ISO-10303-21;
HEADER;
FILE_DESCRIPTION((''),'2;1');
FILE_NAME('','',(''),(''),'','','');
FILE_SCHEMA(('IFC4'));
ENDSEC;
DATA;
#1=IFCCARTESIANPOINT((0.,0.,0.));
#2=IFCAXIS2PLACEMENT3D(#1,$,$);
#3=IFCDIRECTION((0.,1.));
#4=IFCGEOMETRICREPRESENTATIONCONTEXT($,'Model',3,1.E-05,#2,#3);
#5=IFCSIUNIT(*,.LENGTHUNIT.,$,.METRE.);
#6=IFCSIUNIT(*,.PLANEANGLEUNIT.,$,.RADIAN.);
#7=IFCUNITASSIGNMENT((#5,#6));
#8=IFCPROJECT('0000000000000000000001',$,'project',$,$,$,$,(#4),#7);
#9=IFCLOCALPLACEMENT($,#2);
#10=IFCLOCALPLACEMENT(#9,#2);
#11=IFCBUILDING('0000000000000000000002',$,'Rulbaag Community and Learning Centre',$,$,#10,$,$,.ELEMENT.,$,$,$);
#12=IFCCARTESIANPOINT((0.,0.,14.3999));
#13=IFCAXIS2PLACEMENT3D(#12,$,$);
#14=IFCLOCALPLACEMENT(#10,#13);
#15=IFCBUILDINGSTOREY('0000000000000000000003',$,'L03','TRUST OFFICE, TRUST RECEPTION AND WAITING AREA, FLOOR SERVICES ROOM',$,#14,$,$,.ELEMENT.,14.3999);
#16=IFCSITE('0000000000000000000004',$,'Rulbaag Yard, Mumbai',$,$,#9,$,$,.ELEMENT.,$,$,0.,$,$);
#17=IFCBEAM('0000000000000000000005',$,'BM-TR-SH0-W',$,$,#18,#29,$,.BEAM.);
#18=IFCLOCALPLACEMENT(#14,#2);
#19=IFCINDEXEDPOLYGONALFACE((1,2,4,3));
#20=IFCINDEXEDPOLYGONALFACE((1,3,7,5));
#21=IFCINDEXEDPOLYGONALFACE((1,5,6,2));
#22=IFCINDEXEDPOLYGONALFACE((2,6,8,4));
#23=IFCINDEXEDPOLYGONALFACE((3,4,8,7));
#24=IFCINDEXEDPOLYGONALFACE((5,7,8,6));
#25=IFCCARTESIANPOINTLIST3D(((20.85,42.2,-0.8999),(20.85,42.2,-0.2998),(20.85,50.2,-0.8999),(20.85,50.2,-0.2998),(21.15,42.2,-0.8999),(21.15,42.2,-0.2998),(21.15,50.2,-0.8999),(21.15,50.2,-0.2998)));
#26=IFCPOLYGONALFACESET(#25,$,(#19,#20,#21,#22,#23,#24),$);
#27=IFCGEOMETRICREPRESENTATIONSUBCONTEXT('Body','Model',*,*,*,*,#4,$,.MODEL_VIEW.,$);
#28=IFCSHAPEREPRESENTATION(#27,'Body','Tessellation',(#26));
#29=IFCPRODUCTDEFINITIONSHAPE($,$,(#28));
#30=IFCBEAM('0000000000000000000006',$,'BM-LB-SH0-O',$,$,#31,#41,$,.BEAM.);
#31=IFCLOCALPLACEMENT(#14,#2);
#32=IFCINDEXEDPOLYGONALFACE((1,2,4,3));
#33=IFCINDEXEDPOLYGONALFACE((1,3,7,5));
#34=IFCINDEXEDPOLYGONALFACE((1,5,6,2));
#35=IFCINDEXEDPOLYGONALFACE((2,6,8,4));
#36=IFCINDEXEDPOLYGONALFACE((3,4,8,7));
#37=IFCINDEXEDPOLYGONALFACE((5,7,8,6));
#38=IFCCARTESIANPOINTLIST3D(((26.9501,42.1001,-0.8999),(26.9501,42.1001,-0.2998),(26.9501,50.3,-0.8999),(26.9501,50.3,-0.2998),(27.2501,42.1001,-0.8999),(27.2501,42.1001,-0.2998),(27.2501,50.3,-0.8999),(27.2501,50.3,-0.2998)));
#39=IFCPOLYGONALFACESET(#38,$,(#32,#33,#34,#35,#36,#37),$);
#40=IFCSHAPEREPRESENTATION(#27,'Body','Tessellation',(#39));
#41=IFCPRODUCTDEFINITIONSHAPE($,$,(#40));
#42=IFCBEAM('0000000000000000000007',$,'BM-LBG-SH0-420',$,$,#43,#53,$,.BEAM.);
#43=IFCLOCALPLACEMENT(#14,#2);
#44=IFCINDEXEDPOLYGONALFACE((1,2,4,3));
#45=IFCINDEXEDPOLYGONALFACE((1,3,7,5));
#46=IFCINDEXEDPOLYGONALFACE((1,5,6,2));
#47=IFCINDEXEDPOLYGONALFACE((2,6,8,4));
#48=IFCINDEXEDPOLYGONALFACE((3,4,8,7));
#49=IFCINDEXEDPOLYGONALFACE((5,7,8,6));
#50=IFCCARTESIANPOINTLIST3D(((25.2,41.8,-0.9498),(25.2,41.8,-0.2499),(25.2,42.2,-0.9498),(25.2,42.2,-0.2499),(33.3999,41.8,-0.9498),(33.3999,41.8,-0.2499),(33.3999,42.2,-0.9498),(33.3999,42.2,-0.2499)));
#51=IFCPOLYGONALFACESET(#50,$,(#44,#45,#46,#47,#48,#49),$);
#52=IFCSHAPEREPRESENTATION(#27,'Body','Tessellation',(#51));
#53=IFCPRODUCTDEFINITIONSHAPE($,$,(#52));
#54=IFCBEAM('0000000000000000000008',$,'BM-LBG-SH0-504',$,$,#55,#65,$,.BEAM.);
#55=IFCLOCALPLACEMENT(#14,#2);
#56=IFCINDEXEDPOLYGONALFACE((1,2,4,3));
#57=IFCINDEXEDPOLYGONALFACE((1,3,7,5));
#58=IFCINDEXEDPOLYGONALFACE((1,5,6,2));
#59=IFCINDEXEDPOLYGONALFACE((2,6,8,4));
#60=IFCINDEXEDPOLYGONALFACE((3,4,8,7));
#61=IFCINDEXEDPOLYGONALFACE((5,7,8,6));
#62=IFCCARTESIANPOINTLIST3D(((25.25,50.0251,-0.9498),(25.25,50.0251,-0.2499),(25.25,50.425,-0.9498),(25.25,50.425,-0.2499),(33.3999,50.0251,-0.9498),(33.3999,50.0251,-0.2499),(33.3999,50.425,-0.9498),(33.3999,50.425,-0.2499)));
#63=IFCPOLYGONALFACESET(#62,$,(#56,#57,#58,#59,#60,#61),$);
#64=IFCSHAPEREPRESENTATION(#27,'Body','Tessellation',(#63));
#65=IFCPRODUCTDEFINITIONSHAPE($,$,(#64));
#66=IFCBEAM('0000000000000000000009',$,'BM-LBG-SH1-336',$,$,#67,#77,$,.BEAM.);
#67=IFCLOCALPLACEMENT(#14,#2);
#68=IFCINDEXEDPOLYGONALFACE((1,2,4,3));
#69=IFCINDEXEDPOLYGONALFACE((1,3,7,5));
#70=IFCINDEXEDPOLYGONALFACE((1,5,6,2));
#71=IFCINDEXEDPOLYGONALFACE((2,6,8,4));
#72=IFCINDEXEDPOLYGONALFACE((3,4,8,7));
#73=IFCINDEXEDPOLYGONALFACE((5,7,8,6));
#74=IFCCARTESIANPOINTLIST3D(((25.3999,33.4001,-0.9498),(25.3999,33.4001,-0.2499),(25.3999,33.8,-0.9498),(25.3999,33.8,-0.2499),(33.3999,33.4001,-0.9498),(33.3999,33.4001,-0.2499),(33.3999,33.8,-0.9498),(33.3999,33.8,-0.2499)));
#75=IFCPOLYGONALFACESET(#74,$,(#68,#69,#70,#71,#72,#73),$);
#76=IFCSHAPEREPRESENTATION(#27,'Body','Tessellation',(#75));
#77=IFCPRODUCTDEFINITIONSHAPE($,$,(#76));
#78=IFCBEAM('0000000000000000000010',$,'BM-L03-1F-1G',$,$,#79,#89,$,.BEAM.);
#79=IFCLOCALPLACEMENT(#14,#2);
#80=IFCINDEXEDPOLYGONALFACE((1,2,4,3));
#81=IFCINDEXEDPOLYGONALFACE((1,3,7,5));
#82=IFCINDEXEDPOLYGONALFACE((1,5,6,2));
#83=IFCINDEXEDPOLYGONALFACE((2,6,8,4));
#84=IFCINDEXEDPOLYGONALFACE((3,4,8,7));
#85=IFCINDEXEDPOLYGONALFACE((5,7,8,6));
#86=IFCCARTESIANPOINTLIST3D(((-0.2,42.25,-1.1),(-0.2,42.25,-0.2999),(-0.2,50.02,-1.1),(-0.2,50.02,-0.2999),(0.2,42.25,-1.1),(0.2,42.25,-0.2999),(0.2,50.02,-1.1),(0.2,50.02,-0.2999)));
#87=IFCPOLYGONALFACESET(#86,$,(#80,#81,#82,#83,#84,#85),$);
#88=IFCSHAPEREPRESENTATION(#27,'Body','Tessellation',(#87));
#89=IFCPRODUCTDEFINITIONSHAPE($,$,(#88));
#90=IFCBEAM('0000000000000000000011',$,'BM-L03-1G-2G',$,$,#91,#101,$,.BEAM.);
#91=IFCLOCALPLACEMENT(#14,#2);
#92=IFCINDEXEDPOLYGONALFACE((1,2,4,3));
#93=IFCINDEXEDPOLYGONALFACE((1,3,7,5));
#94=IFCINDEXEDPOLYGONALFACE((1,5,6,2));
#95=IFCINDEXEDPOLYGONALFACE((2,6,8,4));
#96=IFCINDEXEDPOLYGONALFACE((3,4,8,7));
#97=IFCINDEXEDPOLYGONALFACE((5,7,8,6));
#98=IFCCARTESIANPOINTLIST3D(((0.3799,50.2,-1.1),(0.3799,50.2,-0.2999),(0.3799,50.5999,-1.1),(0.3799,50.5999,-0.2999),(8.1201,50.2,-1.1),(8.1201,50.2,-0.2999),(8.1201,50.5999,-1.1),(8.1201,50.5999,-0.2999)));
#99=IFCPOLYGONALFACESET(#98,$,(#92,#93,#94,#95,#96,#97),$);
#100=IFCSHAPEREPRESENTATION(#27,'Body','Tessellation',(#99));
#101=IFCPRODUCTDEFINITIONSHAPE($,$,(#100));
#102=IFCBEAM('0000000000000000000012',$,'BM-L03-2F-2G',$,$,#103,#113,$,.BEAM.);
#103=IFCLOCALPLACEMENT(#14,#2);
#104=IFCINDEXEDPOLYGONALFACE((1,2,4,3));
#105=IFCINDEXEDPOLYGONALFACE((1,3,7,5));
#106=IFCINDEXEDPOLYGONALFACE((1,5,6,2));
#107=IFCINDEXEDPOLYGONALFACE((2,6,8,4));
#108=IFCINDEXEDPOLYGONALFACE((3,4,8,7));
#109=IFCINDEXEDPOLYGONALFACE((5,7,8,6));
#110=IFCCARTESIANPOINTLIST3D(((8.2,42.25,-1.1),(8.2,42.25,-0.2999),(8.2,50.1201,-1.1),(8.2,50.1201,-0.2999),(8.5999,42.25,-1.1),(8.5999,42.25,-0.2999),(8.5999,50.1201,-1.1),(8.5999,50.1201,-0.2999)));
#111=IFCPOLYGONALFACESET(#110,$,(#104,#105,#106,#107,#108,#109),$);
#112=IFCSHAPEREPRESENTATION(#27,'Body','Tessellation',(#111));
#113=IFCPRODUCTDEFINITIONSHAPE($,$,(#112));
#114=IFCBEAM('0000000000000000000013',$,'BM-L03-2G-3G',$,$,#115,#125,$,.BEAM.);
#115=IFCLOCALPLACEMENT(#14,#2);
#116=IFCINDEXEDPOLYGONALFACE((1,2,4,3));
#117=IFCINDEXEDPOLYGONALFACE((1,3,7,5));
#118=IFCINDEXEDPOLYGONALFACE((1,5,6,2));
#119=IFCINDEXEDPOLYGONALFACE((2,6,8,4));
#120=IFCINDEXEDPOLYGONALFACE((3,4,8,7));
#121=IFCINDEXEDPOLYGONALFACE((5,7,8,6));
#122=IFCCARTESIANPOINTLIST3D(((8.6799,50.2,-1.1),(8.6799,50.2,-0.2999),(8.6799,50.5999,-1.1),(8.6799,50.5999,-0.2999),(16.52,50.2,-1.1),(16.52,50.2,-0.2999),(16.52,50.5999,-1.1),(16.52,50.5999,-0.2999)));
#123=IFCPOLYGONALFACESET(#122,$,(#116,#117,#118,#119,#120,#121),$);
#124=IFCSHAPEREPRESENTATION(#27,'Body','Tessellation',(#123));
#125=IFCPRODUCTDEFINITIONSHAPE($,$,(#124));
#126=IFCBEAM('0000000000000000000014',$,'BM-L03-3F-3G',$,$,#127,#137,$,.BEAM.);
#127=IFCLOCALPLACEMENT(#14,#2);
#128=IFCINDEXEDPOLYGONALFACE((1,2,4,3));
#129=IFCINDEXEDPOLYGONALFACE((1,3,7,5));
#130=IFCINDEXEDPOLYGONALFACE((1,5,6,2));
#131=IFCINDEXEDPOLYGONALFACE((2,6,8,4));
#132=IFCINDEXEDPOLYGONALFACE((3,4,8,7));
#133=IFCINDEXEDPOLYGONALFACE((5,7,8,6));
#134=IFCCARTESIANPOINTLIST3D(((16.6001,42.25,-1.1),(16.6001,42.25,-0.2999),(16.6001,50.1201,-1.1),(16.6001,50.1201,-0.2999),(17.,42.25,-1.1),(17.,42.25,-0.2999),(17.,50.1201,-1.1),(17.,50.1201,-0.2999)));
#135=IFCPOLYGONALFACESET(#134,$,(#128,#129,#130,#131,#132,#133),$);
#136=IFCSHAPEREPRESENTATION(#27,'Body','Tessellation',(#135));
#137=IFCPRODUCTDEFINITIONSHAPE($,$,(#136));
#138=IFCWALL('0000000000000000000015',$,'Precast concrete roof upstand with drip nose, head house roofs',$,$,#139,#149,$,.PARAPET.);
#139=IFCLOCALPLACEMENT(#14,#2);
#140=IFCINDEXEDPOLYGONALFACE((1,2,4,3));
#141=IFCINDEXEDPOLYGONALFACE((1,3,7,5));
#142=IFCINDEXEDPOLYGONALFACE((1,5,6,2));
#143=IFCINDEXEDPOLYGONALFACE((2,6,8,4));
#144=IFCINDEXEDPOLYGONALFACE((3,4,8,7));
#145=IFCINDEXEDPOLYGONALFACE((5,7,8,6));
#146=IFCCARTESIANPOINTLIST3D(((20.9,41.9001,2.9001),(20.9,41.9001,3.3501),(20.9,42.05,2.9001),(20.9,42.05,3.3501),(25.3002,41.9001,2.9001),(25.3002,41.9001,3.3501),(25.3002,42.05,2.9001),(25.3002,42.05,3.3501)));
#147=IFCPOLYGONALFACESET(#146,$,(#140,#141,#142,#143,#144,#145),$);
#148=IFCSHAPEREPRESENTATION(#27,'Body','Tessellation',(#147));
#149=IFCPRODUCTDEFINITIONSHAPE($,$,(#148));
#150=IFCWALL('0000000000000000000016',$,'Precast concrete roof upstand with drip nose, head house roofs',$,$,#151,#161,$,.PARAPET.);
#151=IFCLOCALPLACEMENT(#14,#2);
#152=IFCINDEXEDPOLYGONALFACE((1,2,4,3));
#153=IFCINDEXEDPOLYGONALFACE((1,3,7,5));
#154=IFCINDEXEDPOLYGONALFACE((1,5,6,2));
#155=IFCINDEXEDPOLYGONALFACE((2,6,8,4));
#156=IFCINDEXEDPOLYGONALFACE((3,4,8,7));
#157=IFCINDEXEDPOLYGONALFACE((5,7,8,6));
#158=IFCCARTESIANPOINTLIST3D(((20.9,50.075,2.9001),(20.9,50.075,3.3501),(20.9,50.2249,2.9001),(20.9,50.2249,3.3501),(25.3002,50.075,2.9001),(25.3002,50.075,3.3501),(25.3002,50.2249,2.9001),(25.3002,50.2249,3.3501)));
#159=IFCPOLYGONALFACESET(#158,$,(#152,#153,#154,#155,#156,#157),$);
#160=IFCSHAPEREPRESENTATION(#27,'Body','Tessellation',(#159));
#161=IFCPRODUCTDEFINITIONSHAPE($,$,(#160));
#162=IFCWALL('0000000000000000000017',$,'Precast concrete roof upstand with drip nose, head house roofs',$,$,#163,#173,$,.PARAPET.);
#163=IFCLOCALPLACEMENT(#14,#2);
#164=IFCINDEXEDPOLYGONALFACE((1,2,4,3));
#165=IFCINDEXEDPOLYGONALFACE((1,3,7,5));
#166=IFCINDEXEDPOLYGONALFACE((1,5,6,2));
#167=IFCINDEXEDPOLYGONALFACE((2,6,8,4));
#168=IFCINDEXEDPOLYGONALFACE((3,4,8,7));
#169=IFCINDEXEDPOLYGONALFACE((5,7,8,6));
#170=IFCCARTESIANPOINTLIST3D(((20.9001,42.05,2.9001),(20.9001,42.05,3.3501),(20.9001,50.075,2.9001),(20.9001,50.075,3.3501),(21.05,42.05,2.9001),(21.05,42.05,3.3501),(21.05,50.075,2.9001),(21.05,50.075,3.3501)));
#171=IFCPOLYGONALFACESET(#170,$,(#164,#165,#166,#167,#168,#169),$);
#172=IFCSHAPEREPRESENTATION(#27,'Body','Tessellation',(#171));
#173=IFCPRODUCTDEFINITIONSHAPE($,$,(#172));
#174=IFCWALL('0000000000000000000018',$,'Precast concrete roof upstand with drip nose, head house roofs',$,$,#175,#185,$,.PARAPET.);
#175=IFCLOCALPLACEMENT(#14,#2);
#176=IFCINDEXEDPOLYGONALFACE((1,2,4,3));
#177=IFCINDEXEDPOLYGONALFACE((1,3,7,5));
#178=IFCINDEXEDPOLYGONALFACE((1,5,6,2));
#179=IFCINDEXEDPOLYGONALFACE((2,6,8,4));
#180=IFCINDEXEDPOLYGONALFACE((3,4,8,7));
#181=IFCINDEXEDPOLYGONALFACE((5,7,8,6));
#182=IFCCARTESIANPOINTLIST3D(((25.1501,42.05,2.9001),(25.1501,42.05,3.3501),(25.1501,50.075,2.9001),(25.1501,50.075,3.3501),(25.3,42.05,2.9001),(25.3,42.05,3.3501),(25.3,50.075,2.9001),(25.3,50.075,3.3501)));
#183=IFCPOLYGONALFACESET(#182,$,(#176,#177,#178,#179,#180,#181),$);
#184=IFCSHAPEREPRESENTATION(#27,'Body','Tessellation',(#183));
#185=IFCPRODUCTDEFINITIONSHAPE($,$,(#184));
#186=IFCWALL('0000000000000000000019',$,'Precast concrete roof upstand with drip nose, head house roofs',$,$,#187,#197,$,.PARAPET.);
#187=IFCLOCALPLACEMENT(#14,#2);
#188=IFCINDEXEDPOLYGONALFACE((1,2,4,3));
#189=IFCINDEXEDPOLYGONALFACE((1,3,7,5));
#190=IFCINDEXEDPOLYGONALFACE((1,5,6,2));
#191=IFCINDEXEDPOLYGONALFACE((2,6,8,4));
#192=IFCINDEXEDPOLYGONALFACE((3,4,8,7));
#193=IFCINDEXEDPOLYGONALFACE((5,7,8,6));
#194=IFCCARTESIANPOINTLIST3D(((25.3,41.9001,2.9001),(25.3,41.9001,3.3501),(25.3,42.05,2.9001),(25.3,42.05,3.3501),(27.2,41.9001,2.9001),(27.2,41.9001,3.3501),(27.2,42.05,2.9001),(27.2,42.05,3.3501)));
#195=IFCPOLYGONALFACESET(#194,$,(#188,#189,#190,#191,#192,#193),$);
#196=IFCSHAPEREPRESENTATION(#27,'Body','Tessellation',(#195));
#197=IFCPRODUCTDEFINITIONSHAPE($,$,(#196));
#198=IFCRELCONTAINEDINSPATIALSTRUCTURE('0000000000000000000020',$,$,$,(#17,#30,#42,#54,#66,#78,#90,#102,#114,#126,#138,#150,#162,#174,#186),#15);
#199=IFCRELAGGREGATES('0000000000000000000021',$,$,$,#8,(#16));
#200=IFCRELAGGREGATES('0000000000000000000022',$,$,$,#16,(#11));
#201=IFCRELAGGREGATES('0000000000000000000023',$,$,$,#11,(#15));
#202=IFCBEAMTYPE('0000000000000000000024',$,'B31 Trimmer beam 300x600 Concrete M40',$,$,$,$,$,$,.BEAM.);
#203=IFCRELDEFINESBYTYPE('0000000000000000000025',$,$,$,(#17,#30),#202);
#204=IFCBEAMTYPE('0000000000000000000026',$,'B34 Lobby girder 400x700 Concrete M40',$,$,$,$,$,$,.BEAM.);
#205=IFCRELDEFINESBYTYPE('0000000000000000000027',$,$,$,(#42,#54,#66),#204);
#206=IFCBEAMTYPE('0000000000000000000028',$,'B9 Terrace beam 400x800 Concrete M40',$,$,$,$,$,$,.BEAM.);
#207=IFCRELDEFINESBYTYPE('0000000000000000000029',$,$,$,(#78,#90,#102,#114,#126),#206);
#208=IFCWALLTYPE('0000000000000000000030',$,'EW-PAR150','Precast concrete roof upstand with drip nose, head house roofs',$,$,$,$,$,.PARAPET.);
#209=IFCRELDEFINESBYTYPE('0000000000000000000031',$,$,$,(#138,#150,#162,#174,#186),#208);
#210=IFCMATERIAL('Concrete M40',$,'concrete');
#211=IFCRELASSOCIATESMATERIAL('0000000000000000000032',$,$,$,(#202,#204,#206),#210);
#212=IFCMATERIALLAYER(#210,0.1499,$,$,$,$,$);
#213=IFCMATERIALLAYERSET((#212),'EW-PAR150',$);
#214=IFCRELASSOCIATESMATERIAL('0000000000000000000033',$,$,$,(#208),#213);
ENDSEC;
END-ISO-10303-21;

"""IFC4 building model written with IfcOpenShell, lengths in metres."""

from ifc_helpers import new_model, si_unit, direction, frame, frame_2d, origin, origin_2d, place, context, subcontext, project, spatial, rectangle, extrude, material, layer, layer_set, material_profile, profile_set, type_object, element, save


model = new_model("IFC4")

# Units and contexts
model_context = context("Model", 3, precision=1e-05, world=origin(), true_north=direction((0.0, 1.0)))
body_context = subcontext(model_context, "Body", "Model", "MODEL_VIEW")
ifc_project = project(units=[si_unit("LENGTHUNIT", "METRE"), si_unit("PLANEANGLEUNIT", "RADIAN")], contexts=[model_context])

# Site, building, storey
site_placement = place(None, origin())
site = spatial("IfcSite", under=ifc_project, at=site_placement, Name="Rulbaag Yard, Mumbai", CompositionType="ELEMENT", RefElevation=0.0)
building_placement = place(site_placement, origin())
building = spatial("IfcBuilding", under=site, at=building_placement, Name="Rulbaag Community and Learning Centre", CompositionType="ELEMENT")
storey_placement = place(building_placement, frame((0.0, 0.0, 14.3999)))
storey = spatial("IfcBuildingStorey", under=building, at=storey_placement, Name="L03", Description="TRUST OFFICE, TRUST RECEPTION AND WAITING AREA, FLOOR SERVICES ROOM", CompositionType="ELEMENT", Elevation=14.3999)

# Beams
ifc_material_1 = material(Name="Concrete M40", Category="concrete")
ifc_material_profile_1 = material_profile(ifc_material_1, rectangle(XDim=0.3, YDim=0.6001, at=origin_2d()), Name="RB300x600")
ifc_profile_set_1 = profile_set([ifc_material_profile_1], Name="Concrete M40")
beam_type_1 = type_object("IfcBeamType", Name="B31 Trimmer beam 300x600 Concrete M40", PredefinedType="BEAM", material=ifc_profile_set_1)
beam_1_placement = place(storey_placement, frame((21.0, 42.2, -0.5999), z_axis=(0.0, 1.0, 0.0), x_axis=(-1.0, 0.0, 0.0)))
element("IfcBeam", 1, at=beam_1_placement, inside=storey, type_object=beam_type_1, Name="BM-TR-SH0-W", PredefinedType="BEAM", context=body_context, shape_type="SweptSolid", body=[
    extrude(rectangle(XDim=0.3, YDim=0.6001, at=origin_2d()), origin(), (0.0, 0.0, 1.0), 8.0),
])
beam_2_placement = place(storey_placement, frame((27.1001, 42.1001, -0.5999), z_axis=(0.0, 1.0, 0.0), x_axis=(-1.0, 0.0, 0.0)))
element("IfcBeam", 2, at=beam_2_placement, inside=storey, type_object=beam_type_1, Name="BM-LB-SH0-O", PredefinedType="BEAM", context=body_context, shape_type="SweptSolid", body=[
    extrude(rectangle(XDim=0.3, YDim=0.6001, at=origin_2d()), origin(), (0.0, 0.0, 1.0), 8.2),
])
ifc_material_profile_2 = material_profile(ifc_material_1, rectangle(XDim=0.3999, YDim=0.7, at=origin_2d()), Name="RB400x700")
ifc_profile_set_2 = profile_set([ifc_material_profile_2], Name="Concrete M40")
beam_type_2 = type_object("IfcBeamType", Name="B34 Lobby girder 400x700 Concrete M40", PredefinedType="BEAM", material=ifc_profile_set_2)
beam_3_placement = place(storey_placement, frame((25.2, 42.0, -0.5999), z_axis=(1.0, 0.0, 0.0), x_axis=(0.0, 1.0, 0.0)))
element("IfcBeam", 3, at=beam_3_placement, inside=storey, type_object=beam_type_2, Name="BM-LBG-SH0-420", PredefinedType="BEAM", context=body_context, shape_type="SweptSolid", body=[
    extrude(rectangle(XDim=0.3999, YDim=0.7, at=origin_2d()), origin(), (0.0, 0.0, 1.0), 8.2),
])
beam_4_placement = place(storey_placement, frame((25.25, 50.2251, -0.5999), z_axis=(1.0, 0.0, 0.0), x_axis=(0.0, 1.0, 0.0)))
element("IfcBeam", 4, at=beam_4_placement, inside=storey, type_object=beam_type_2, Name="BM-LBG-SH0-504", PredefinedType="BEAM", context=body_context, shape_type="SweptSolid", body=[
    extrude(rectangle(XDim=0.3999, YDim=0.7, at=origin_2d()), origin(), (0.0, 0.0, 1.0), 8.1499),
])
beam_5_placement = place(storey_placement, frame((25.3999, 33.6001, -0.5999), z_axis=(1.0, 0.0, 0.0), x_axis=(0.0, 1.0, 0.0)))
element("IfcBeam", 5, at=beam_5_placement, inside=storey, type_object=beam_type_2, Name="BM-LBG-SH1-336", PredefinedType="BEAM", context=body_context, shape_type="SweptSolid", body=[
    extrude(rectangle(XDim=0.3999, YDim=0.7, at=origin_2d()), origin(), (0.0, 0.0, 1.0), 8.0),
])
ifc_material_profile_3 = material_profile(ifc_material_1, rectangle(XDim=0.3999, YDim=0.8, at=origin_2d()), Name="RB400x800")
ifc_profile_set_3 = profile_set([ifc_material_profile_3], Name="Concrete M40")
beam_type_3 = type_object("IfcBeamType", Name="B9 Terrace beam 400x800 Concrete M40", PredefinedType="BEAM", material=ifc_profile_set_3)
beam_6_placement = place(storey_placement, frame((0.0, 42.25, -0.7), z_axis=(0.0, 1.0, 0.0), x_axis=(-1.0, 0.0, 0.0)))
element("IfcBeam", 6, at=beam_6_placement, inside=storey, type_object=beam_type_3, Name="BM-L03-1F-1G", PredefinedType="BEAM", context=body_context, shape_type="SweptSolid", body=[
    extrude(rectangle(XDim=0.3999, YDim=0.8, at=origin_2d()), origin(), (0.0, 0.0, 1.0), 7.77),
])
beam_7_placement = place(storey_placement, frame((0.3799, 50.3999, -0.7), z_axis=(1.0, 0.0, 0.0), x_axis=(0.0, 1.0, 0.0)))
element("IfcBeam", 7, at=beam_7_placement, inside=storey, type_object=beam_type_3, Name="BM-L03-1G-2G", PredefinedType="BEAM", context=body_context, shape_type="SweptSolid", body=[
    extrude(rectangle(XDim=0.3999, YDim=0.8, at=origin_2d()), origin(), (0.0, 0.0, 1.0), 7.7402),
])
beam_8_placement = place(storey_placement, frame((8.3999, 42.25, -0.7), z_axis=(0.0, 1.0, 0.0), x_axis=(-1.0, 0.0, 0.0)))
element("IfcBeam", 8, at=beam_8_placement, inside=storey, type_object=beam_type_3, Name="BM-L03-2F-2G", PredefinedType="BEAM", context=body_context, shape_type="SweptSolid", body=[
    extrude(rectangle(XDim=0.3999, YDim=0.8, at=origin_2d()), origin(), (0.0, 0.0, 1.0), 7.8701),
])
beam_9_placement = place(storey_placement, frame((8.6799, 50.3999, -0.7), z_axis=(1.0, 0.0, 0.0), x_axis=(0.0, 1.0, 0.0)))
element("IfcBeam", 9, at=beam_9_placement, inside=storey, type_object=beam_type_3, Name="BM-L03-2G-3G", PredefinedType="BEAM", context=body_context, shape_type="SweptSolid", body=[
    extrude(rectangle(XDim=0.3999, YDim=0.8, at=origin_2d()), origin(), (0.0, 0.0, 1.0), 7.8401),
])
beam_10_placement = place(storey_placement, frame((16.8, 42.25, -0.7), z_axis=(0.0, 1.0, 0.0), x_axis=(-1.0, 0.0, 0.0)))
element("IfcBeam", 10, at=beam_10_placement, inside=storey, type_object=beam_type_3, Name="BM-L03-3F-3G", PredefinedType="BEAM", context=body_context, shape_type="SweptSolid", body=[
    extrude(rectangle(XDim=0.3999, YDim=0.8, at=origin_2d()), origin(), (0.0, 0.0, 1.0), 7.8701),
])

# Walls
ifc_layer_1 = layer(ifc_material_1, 0.1499)
ifc_layer_set_1 = layer_set([ifc_layer_1], Name="EW-PAR150")
wall_type_1 = type_object("IfcWallType", Name="EW-PAR150", Description="Precast concrete roof upstand with drip nose, head house roofs", PredefinedType="PARAPET", material=ifc_layer_set_1)
for number, where, z_axis, x_axis, name in (
    (11, (20.8999, 41.9751, 2.9001), (0.0, 0.0, 1.0), (1.0, 0.0, 0.0), "Precast concrete roof upstand with drip nose, head house roofs"),
    (12, (20.8999, 50.1499, 2.9001), (0.0, 0.0, 1.0), (1.0, 0.0, 0.0), "Precast concrete roof upstand with drip nose, head house roofs"),
):
    element("IfcWall", number, at=place(storey_placement, frame(where, z_axis=z_axis, x_axis=x_axis)), inside=storey, type_object=wall_type_1, Name=name, PredefinedType="PARAPET", context=body_context, shape_type="SweptSolid", body=[
        extrude(rectangle(XDim=4.4001, YDim=0.1499, at=frame_2d((2.2002, 0.0))), origin(), (0.0, 0.0, 1.0), 0.45),
    ])
for number, where, z_axis, x_axis, name in (
    (13, (20.9751, 42.05, 2.9001), (0.0, 0.0, 1.0), (0.0, 1.0, 0.0), "Precast concrete roof upstand with drip nose, head house roofs"),
    (14, (25.2251, 42.05, 2.9001), (0.0, 0.0, 1.0), (0.0, 1.0, 0.0), "Precast concrete roof upstand with drip nose, head house roofs"),
):
    element("IfcWall", number, at=place(storey_placement, frame(where, z_axis=z_axis, x_axis=x_axis)), inside=storey, type_object=wall_type_1, Name=name, PredefinedType="PARAPET", context=body_context, shape_type="SweptSolid", body=[
        extrude(rectangle(XDim=8.0249, YDim=0.1499, at=frame_2d((4.0125, 0.0))), origin(), (0.0, 0.0, 1.0), 0.45),
    ])
for number, where, z_axis, x_axis, name in (
    (15, (25.3, 41.9751, 2.9001), (0.0, 0.0, 1.0), (1.0, 0.0, 0.0), "Precast concrete roof upstand with drip nose, head house roofs"),
):
    element("IfcWall", number, at=place(storey_placement, frame(where, z_axis=z_axis, x_axis=x_axis)), inside=storey, type_object=wall_type_1, Name=name, PredefinedType="PARAPET", context=body_context, shape_type="SweptSolid", body=[
        extrude(rectangle(XDim=1.8999, YDim=0.1499, at=frame_2d((0.95, 0.0))), origin(), (0.0, 0.0, 1.0), 0.45),
    ])

save(model, "model.ifc")
